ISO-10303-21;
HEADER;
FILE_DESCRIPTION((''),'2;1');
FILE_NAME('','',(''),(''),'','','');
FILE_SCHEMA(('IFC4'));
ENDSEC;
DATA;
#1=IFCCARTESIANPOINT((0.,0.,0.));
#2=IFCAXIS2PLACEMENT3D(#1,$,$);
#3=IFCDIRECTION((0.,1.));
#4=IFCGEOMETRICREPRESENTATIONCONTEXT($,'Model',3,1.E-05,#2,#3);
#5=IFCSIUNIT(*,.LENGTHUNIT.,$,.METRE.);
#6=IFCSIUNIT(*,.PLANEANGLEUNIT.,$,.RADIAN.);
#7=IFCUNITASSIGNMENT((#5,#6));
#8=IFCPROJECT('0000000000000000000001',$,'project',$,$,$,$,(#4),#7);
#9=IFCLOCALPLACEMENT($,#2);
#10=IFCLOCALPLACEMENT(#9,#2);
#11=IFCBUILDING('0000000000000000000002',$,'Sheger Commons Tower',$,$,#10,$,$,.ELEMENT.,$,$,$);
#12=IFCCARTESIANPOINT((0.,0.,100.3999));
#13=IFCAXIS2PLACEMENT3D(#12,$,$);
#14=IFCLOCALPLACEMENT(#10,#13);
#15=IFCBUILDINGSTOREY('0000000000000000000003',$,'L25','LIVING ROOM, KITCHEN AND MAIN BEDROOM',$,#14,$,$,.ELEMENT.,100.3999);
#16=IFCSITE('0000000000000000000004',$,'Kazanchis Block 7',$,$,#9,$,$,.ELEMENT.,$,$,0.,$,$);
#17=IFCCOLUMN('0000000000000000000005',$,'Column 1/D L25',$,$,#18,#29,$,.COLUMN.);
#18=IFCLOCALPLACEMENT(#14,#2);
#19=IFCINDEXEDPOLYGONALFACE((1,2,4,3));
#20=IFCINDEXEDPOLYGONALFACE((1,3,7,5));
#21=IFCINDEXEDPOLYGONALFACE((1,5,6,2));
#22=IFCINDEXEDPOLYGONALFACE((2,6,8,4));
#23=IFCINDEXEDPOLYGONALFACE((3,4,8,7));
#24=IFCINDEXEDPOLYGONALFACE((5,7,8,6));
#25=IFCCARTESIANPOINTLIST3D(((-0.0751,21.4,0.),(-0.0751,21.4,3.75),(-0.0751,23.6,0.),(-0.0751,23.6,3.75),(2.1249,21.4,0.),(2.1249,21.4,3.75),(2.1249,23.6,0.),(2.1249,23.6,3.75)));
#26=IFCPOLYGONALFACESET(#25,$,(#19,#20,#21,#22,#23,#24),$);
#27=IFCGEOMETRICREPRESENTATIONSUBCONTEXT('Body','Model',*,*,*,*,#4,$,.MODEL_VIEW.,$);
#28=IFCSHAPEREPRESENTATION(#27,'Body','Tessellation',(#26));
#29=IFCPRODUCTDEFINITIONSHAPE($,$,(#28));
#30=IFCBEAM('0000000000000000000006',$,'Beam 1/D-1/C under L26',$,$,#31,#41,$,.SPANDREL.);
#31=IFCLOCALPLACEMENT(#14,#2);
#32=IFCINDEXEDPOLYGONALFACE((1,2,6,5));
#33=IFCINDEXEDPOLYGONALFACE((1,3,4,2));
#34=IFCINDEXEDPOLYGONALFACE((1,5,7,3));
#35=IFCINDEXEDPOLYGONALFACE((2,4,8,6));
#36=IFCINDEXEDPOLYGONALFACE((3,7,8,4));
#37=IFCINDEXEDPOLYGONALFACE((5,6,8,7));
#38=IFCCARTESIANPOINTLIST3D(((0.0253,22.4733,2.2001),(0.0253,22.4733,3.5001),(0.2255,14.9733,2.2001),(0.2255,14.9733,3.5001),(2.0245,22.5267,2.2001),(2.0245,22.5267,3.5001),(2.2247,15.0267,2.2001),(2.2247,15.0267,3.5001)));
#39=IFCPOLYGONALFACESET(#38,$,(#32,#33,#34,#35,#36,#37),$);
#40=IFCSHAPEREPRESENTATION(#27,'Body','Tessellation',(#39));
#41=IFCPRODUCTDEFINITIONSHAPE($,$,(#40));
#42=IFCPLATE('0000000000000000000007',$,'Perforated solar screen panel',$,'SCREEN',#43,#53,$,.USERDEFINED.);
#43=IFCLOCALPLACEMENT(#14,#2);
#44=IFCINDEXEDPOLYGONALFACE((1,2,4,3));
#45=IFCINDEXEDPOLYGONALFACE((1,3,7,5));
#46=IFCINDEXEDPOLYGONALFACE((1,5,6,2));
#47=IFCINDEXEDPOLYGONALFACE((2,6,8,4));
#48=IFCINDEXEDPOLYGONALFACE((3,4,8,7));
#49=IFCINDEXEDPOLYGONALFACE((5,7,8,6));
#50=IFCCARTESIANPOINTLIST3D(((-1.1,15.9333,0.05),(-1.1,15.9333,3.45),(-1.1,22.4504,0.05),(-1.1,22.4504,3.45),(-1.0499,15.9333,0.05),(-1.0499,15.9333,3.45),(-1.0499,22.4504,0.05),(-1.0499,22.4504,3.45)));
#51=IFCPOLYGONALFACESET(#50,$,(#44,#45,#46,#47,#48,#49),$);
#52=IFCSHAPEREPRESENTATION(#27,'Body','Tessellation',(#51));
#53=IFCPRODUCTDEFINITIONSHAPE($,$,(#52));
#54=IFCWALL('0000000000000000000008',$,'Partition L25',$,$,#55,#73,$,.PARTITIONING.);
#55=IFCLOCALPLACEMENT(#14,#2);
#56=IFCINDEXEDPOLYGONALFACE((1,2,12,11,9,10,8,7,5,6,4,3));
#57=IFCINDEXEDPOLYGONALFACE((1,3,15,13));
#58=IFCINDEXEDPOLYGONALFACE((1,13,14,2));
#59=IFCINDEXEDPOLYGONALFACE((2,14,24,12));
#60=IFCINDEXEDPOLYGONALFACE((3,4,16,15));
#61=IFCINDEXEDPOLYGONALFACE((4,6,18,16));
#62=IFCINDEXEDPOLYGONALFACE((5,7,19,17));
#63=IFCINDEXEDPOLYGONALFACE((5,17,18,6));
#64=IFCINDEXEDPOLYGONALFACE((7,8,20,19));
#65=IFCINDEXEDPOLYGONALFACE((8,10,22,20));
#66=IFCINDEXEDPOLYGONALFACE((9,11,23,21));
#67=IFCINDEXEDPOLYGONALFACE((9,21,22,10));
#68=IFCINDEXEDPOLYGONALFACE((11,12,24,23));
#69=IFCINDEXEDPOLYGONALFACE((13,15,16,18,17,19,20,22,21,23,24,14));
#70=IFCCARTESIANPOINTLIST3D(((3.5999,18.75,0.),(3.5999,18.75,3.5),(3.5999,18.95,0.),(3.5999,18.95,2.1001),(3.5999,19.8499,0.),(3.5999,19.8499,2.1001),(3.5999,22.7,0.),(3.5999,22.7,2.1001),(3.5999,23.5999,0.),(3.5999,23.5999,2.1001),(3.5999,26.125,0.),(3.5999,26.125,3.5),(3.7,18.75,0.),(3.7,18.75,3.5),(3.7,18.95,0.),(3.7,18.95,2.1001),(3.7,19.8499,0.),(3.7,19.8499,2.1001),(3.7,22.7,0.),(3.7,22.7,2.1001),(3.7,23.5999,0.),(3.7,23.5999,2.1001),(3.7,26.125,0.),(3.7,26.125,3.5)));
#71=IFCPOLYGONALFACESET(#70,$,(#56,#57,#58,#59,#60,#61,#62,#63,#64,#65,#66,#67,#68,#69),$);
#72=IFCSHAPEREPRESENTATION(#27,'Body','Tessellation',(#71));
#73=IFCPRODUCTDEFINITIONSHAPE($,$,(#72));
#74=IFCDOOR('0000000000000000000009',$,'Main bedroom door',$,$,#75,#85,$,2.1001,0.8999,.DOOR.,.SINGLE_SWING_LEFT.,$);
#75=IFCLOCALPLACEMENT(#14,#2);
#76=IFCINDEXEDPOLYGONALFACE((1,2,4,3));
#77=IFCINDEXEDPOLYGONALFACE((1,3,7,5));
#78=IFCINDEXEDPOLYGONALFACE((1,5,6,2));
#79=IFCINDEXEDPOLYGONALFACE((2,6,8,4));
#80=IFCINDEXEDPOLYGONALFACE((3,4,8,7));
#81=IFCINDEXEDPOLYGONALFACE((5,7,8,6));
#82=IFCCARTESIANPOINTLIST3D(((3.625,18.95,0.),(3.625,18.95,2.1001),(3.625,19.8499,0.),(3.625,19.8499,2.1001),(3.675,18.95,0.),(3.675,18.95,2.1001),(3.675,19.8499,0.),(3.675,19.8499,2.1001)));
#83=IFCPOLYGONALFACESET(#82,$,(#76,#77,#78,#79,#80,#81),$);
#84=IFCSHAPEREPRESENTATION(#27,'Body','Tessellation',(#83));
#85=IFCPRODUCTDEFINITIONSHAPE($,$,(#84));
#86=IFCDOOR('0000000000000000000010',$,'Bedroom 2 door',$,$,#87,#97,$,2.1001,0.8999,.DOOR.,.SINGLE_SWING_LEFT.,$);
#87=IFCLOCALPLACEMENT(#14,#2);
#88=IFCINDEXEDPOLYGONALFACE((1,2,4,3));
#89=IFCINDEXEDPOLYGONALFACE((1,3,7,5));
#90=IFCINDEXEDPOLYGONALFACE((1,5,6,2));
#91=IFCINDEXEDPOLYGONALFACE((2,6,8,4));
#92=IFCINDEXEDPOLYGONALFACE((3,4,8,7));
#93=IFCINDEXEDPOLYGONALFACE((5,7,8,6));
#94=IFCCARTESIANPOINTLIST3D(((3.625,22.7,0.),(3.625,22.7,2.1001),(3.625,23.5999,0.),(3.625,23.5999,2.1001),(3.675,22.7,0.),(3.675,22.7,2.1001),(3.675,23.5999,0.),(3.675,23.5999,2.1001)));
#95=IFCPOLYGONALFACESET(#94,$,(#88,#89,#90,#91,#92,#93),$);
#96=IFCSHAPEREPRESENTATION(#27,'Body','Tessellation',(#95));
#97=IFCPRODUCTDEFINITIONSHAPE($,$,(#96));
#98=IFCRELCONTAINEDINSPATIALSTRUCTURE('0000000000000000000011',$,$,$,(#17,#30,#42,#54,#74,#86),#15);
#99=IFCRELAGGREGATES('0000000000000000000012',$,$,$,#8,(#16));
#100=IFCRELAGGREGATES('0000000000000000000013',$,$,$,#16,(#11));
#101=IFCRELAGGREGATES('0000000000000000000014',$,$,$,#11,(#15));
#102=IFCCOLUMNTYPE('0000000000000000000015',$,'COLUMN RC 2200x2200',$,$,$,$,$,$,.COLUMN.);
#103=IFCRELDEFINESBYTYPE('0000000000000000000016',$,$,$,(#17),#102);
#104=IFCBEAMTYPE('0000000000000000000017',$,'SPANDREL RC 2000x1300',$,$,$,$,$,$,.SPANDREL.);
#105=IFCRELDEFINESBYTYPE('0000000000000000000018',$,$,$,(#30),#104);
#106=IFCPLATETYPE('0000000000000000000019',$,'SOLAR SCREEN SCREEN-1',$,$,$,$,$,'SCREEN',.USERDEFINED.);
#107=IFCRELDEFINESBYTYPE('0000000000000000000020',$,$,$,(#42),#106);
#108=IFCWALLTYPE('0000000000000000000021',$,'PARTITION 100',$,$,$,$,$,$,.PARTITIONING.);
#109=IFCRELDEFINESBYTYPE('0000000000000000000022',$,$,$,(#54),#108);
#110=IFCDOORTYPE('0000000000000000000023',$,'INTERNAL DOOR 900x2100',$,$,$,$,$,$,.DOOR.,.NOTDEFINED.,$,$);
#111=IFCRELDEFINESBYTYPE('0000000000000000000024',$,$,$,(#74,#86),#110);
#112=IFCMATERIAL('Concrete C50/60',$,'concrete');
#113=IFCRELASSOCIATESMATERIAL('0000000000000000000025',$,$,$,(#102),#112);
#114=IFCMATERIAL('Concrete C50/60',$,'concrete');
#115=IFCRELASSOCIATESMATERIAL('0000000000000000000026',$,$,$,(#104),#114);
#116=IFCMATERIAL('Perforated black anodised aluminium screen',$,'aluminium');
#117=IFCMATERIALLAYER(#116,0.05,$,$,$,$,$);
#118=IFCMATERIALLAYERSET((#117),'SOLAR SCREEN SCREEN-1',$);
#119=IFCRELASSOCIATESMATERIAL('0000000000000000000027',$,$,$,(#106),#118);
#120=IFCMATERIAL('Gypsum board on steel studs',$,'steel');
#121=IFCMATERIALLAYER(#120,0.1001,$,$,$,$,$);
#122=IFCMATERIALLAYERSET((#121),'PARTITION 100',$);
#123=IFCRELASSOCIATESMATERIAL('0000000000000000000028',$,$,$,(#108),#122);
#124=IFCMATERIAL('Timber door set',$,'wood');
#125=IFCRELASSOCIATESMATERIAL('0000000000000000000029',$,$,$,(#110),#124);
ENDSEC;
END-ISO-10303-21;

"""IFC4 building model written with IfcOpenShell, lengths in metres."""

from ifc_helpers import new_model, si_unit, direction, frame, frame_2d, origin, origin_2d, place, context, subcontext, project, spatial, rectangle, extrude, material, layer, layer_set, material_profile, profile_set, type_object, element, fill, save


model = new_model("IFC4")

# Units and contexts
model_context = context("Model", 3, precision=1e-05, world=origin(), true_north=direction((0.0, 1.0)))
body_context = subcontext(model_context, "Body", "Model", "MODEL_VIEW")
ifc_project = project(units=[si_unit("LENGTHUNIT", "METRE"), si_unit("PLANEANGLEUNIT", "RADIAN")], contexts=[model_context])

# Site, building, storey
site_placement = place(None, origin())
site = spatial("IfcSite", under=ifc_project, at=site_placement, Name="Kazanchis Block 7", CompositionType="ELEMENT", RefElevation=0.0)
building_placement = place(site_placement, origin())
building = spatial("IfcBuilding", under=site, at=building_placement, Name="Sheger Commons Tower", CompositionType="ELEMENT")
storey_placement = place(building_placement, frame((0.0, 0.0, 100.3999)))
storey = spatial("IfcBuildingStorey", under=building, at=storey_placement, Name="L25", Description="LIVING ROOM, KITCHEN AND MAIN BEDROOM", CompositionType="ELEMENT", Elevation=100.3999)

# Column
ifc_material_1 = material(Name="Concrete C50/60", Category="concrete")
ifc_material_profile_1 = material_profile(ifc_material_1, rectangle(XDim=2.2, YDim=2.2, at=origin_2d()), Name="RC 2200x2200")
ifc_profile_set_1 = profile_set([ifc_material_profile_1], Name="Concrete C50/60")
column_type = type_object("IfcColumnType", Name="COLUMN RC 2200x2200", PredefinedType="COLUMN", material=ifc_profile_set_1)
column_placement = place(storey_placement, frame((1.0249, 22.5, 0.0), z_axis=(0.0, 0.0, 1.0), x_axis=(1.0, 0.0, 0.0)))
element("IfcColumn", 1, at=column_placement, inside=storey, type_object=column_type, Name="Column 1/D L25", PredefinedType="COLUMN", context=body_context, shape_type="SweptSolid", body=[
    extrude(rectangle(XDim=2.2, YDim=2.2, at=origin_2d()), origin(), (0.0, 0.0, 1.0), 3.75),
])

# Beam
ifc_material_2 = material(Name="Concrete C50/60", Category="concrete")
ifc_material_profile_2 = material_profile(ifc_material_2, rectangle(XDim=2.0, YDim=1.3, at=origin_2d()), Name="RC 2000x1300")
ifc_profile_set_2 = profile_set([ifc_material_profile_2], Name="Concrete C50/60")
beam_type = type_object("IfcBeamType", Name="SPANDREL RC 2000x1300", PredefinedType="SPANDREL", material=ifc_profile_set_2)
beam_placement = place(storey_placement, frame((1.0249, 22.5, 2.8501), z_axis=(0.026683, -0.999644, 0.0), x_axis=(0.999644, 0.026683, 0.0)))
element("IfcBeam", 2, at=beam_placement, inside=storey, type_object=beam_type, Name="Beam 1/D-1/C under L26", PredefinedType="SPANDREL", context=body_context, shape_type="SweptSolid", body=[
    extrude(rectangle(XDim=2.0, YDim=1.3, at=origin_2d()), origin(), (0.0, 0.0, 1.0), 7.5027),
])

# Plate
ifc_material_3 = material(Name="Perforated black anodised aluminium screen", Category="aluminium")
ifc_layer_1 = layer(ifc_material_3, 0.05)
ifc_layer_set_1 = layer_set([ifc_layer_1], Name="SOLAR SCREEN SCREEN-1")
plate_type = type_object("IfcPlateType", Name="SOLAR SCREEN SCREEN-1", ElementType="SCREEN", PredefinedType="USERDEFINED", material=ifc_layer_set_1)
plate_placement = place(storey_placement, frame((-1.075, 19.1919, 0.05), z_axis=(0.0, 0.0, 1.0), x_axis=(0.0, -1.0, 0.0)))
element("IfcPlate", 3, at=plate_placement, inside=storey, type_object=plate_type, Name="Perforated solar screen panel", ObjectType="SCREEN", PredefinedType="USERDEFINED", context=body_context, shape_type="SweptSolid", body=[
    extrude(rectangle(XDim=6.5171, YDim=0.05, at=origin_2d()), origin(), (0.0, 0.0, 1.0), 3.3999),
])

# Wall, openings, doors
ifc_material_4 = material(Name="Gypsum board on steel studs", Category="steel")
ifc_layer_2 = layer(ifc_material_4, 0.1001)
ifc_layer_set_2 = layer_set([ifc_layer_2], Name="PARTITION 100")
wall_type = type_object("IfcWallType", Name="PARTITION 100", PredefinedType="PARTITIONING", material=ifc_layer_set_2)
wall_1_placement = place(storey_placement, frame((3.6499, 18.75, 0.0), z_axis=(0.0, 0.0, 1.0), x_axis=(0.0, 1.0, 0.0)))
wall_1 = element("IfcWall", 4, at=wall_1_placement, inside=storey, type_object=wall_type, Name="Partition L25", PredefinedType="PARTITIONING", context=body_context, shape_type="SweptSolid", body=[
    extrude(rectangle(XDim=7.375, YDim=0.1001, at=frame_2d((3.6875, 0.0))), origin(), (0.0, 0.0, 1.0), 3.5),
])
opening_1_placement = place(wall_1_placement, frame((0.2, 0.0, 0.0)))
opening_1 = element("IfcOpeningElement", 5, at=opening_1_placement, cuts=wall_1, PredefinedType="OPENING", context=body_context, shape_type="SweptSolid", body=[
    extrude(rectangle(XDim=0.8999, YDim=2.1001, at=frame_2d((0.45, 1.05))), frame((0.0, 0.0601, 0.0), z_axis=(0.0, -1.0, 0.0), x_axis=(1.0, 0.0, 0.0)), (0.0, 0.0, 1.0), 0.1201),
])
opening_2_placement = place(wall_1_placement, frame((3.95, 0.0, 0.0)))
opening_2 = element("IfcOpeningElement", 6, at=opening_2_placement, cuts=wall_1, PredefinedType="OPENING", context=body_context, shape_type="SweptSolid", body=[
    extrude(rectangle(XDim=0.8999, YDim=2.1001, at=frame_2d((0.45, 1.05))), frame((0.0, 0.0601, 0.0), z_axis=(0.0, -1.0, 0.0), x_axis=(1.0, 0.0, 0.0)), (0.0, 0.0, 1.0), 0.1201),
])
ifc_material_5 = material(Name="Timber door set", Category="wood")
door_type = type_object("IfcDoorType", Name="INTERNAL DOOR 900x2100", OperationType="NOTDEFINED", PredefinedType="DOOR", material=ifc_material_5)
door_1_placement = place(opening_1_placement, origin())
door_1 = element("IfcDoor", 7, at=door_1_placement, inside=storey, type_object=door_type, Name="Main bedroom door", OperationType="SINGLE_SWING_LEFT", OverallHeight=2.1001, OverallWidth=0.8999, PredefinedType="DOOR", context=body_context, shape_type="SweptSolid", body=[
    extrude(rectangle(XDim=0.8999, YDim=2.1001, at=frame_2d((0.45, 1.05))), frame((0.0, 0.0249, 0.0), z_axis=(0.0, -1.0, 0.0), x_axis=(1.0, 0.0, 0.0)), (0.0, 0.0, 1.0), 0.05),
])
fill(opening_1, door_1)
door_2_placement = place(opening_2_placement, origin())
door_2 = element("IfcDoor", 8, at=door_2_placement, inside=storey, type_object=door_type, Name="Bedroom 2 door", OperationType="SINGLE_SWING_LEFT", OverallHeight=2.1001, OverallWidth=0.8999, PredefinedType="DOOR", context=body_context, shape_type="SweptSolid", body=[
    extrude(rectangle(XDim=0.8999, YDim=2.1001, at=frame_2d((0.45, 1.05))), frame((0.0, 0.0249, 0.0), z_axis=(0.0, -1.0, 0.0), x_axis=(1.0, 0.0, 0.0)), (0.0, 0.0, 1.0), 0.05),
])
fill(opening_2, door_2)

save(model, "model.ifc")
